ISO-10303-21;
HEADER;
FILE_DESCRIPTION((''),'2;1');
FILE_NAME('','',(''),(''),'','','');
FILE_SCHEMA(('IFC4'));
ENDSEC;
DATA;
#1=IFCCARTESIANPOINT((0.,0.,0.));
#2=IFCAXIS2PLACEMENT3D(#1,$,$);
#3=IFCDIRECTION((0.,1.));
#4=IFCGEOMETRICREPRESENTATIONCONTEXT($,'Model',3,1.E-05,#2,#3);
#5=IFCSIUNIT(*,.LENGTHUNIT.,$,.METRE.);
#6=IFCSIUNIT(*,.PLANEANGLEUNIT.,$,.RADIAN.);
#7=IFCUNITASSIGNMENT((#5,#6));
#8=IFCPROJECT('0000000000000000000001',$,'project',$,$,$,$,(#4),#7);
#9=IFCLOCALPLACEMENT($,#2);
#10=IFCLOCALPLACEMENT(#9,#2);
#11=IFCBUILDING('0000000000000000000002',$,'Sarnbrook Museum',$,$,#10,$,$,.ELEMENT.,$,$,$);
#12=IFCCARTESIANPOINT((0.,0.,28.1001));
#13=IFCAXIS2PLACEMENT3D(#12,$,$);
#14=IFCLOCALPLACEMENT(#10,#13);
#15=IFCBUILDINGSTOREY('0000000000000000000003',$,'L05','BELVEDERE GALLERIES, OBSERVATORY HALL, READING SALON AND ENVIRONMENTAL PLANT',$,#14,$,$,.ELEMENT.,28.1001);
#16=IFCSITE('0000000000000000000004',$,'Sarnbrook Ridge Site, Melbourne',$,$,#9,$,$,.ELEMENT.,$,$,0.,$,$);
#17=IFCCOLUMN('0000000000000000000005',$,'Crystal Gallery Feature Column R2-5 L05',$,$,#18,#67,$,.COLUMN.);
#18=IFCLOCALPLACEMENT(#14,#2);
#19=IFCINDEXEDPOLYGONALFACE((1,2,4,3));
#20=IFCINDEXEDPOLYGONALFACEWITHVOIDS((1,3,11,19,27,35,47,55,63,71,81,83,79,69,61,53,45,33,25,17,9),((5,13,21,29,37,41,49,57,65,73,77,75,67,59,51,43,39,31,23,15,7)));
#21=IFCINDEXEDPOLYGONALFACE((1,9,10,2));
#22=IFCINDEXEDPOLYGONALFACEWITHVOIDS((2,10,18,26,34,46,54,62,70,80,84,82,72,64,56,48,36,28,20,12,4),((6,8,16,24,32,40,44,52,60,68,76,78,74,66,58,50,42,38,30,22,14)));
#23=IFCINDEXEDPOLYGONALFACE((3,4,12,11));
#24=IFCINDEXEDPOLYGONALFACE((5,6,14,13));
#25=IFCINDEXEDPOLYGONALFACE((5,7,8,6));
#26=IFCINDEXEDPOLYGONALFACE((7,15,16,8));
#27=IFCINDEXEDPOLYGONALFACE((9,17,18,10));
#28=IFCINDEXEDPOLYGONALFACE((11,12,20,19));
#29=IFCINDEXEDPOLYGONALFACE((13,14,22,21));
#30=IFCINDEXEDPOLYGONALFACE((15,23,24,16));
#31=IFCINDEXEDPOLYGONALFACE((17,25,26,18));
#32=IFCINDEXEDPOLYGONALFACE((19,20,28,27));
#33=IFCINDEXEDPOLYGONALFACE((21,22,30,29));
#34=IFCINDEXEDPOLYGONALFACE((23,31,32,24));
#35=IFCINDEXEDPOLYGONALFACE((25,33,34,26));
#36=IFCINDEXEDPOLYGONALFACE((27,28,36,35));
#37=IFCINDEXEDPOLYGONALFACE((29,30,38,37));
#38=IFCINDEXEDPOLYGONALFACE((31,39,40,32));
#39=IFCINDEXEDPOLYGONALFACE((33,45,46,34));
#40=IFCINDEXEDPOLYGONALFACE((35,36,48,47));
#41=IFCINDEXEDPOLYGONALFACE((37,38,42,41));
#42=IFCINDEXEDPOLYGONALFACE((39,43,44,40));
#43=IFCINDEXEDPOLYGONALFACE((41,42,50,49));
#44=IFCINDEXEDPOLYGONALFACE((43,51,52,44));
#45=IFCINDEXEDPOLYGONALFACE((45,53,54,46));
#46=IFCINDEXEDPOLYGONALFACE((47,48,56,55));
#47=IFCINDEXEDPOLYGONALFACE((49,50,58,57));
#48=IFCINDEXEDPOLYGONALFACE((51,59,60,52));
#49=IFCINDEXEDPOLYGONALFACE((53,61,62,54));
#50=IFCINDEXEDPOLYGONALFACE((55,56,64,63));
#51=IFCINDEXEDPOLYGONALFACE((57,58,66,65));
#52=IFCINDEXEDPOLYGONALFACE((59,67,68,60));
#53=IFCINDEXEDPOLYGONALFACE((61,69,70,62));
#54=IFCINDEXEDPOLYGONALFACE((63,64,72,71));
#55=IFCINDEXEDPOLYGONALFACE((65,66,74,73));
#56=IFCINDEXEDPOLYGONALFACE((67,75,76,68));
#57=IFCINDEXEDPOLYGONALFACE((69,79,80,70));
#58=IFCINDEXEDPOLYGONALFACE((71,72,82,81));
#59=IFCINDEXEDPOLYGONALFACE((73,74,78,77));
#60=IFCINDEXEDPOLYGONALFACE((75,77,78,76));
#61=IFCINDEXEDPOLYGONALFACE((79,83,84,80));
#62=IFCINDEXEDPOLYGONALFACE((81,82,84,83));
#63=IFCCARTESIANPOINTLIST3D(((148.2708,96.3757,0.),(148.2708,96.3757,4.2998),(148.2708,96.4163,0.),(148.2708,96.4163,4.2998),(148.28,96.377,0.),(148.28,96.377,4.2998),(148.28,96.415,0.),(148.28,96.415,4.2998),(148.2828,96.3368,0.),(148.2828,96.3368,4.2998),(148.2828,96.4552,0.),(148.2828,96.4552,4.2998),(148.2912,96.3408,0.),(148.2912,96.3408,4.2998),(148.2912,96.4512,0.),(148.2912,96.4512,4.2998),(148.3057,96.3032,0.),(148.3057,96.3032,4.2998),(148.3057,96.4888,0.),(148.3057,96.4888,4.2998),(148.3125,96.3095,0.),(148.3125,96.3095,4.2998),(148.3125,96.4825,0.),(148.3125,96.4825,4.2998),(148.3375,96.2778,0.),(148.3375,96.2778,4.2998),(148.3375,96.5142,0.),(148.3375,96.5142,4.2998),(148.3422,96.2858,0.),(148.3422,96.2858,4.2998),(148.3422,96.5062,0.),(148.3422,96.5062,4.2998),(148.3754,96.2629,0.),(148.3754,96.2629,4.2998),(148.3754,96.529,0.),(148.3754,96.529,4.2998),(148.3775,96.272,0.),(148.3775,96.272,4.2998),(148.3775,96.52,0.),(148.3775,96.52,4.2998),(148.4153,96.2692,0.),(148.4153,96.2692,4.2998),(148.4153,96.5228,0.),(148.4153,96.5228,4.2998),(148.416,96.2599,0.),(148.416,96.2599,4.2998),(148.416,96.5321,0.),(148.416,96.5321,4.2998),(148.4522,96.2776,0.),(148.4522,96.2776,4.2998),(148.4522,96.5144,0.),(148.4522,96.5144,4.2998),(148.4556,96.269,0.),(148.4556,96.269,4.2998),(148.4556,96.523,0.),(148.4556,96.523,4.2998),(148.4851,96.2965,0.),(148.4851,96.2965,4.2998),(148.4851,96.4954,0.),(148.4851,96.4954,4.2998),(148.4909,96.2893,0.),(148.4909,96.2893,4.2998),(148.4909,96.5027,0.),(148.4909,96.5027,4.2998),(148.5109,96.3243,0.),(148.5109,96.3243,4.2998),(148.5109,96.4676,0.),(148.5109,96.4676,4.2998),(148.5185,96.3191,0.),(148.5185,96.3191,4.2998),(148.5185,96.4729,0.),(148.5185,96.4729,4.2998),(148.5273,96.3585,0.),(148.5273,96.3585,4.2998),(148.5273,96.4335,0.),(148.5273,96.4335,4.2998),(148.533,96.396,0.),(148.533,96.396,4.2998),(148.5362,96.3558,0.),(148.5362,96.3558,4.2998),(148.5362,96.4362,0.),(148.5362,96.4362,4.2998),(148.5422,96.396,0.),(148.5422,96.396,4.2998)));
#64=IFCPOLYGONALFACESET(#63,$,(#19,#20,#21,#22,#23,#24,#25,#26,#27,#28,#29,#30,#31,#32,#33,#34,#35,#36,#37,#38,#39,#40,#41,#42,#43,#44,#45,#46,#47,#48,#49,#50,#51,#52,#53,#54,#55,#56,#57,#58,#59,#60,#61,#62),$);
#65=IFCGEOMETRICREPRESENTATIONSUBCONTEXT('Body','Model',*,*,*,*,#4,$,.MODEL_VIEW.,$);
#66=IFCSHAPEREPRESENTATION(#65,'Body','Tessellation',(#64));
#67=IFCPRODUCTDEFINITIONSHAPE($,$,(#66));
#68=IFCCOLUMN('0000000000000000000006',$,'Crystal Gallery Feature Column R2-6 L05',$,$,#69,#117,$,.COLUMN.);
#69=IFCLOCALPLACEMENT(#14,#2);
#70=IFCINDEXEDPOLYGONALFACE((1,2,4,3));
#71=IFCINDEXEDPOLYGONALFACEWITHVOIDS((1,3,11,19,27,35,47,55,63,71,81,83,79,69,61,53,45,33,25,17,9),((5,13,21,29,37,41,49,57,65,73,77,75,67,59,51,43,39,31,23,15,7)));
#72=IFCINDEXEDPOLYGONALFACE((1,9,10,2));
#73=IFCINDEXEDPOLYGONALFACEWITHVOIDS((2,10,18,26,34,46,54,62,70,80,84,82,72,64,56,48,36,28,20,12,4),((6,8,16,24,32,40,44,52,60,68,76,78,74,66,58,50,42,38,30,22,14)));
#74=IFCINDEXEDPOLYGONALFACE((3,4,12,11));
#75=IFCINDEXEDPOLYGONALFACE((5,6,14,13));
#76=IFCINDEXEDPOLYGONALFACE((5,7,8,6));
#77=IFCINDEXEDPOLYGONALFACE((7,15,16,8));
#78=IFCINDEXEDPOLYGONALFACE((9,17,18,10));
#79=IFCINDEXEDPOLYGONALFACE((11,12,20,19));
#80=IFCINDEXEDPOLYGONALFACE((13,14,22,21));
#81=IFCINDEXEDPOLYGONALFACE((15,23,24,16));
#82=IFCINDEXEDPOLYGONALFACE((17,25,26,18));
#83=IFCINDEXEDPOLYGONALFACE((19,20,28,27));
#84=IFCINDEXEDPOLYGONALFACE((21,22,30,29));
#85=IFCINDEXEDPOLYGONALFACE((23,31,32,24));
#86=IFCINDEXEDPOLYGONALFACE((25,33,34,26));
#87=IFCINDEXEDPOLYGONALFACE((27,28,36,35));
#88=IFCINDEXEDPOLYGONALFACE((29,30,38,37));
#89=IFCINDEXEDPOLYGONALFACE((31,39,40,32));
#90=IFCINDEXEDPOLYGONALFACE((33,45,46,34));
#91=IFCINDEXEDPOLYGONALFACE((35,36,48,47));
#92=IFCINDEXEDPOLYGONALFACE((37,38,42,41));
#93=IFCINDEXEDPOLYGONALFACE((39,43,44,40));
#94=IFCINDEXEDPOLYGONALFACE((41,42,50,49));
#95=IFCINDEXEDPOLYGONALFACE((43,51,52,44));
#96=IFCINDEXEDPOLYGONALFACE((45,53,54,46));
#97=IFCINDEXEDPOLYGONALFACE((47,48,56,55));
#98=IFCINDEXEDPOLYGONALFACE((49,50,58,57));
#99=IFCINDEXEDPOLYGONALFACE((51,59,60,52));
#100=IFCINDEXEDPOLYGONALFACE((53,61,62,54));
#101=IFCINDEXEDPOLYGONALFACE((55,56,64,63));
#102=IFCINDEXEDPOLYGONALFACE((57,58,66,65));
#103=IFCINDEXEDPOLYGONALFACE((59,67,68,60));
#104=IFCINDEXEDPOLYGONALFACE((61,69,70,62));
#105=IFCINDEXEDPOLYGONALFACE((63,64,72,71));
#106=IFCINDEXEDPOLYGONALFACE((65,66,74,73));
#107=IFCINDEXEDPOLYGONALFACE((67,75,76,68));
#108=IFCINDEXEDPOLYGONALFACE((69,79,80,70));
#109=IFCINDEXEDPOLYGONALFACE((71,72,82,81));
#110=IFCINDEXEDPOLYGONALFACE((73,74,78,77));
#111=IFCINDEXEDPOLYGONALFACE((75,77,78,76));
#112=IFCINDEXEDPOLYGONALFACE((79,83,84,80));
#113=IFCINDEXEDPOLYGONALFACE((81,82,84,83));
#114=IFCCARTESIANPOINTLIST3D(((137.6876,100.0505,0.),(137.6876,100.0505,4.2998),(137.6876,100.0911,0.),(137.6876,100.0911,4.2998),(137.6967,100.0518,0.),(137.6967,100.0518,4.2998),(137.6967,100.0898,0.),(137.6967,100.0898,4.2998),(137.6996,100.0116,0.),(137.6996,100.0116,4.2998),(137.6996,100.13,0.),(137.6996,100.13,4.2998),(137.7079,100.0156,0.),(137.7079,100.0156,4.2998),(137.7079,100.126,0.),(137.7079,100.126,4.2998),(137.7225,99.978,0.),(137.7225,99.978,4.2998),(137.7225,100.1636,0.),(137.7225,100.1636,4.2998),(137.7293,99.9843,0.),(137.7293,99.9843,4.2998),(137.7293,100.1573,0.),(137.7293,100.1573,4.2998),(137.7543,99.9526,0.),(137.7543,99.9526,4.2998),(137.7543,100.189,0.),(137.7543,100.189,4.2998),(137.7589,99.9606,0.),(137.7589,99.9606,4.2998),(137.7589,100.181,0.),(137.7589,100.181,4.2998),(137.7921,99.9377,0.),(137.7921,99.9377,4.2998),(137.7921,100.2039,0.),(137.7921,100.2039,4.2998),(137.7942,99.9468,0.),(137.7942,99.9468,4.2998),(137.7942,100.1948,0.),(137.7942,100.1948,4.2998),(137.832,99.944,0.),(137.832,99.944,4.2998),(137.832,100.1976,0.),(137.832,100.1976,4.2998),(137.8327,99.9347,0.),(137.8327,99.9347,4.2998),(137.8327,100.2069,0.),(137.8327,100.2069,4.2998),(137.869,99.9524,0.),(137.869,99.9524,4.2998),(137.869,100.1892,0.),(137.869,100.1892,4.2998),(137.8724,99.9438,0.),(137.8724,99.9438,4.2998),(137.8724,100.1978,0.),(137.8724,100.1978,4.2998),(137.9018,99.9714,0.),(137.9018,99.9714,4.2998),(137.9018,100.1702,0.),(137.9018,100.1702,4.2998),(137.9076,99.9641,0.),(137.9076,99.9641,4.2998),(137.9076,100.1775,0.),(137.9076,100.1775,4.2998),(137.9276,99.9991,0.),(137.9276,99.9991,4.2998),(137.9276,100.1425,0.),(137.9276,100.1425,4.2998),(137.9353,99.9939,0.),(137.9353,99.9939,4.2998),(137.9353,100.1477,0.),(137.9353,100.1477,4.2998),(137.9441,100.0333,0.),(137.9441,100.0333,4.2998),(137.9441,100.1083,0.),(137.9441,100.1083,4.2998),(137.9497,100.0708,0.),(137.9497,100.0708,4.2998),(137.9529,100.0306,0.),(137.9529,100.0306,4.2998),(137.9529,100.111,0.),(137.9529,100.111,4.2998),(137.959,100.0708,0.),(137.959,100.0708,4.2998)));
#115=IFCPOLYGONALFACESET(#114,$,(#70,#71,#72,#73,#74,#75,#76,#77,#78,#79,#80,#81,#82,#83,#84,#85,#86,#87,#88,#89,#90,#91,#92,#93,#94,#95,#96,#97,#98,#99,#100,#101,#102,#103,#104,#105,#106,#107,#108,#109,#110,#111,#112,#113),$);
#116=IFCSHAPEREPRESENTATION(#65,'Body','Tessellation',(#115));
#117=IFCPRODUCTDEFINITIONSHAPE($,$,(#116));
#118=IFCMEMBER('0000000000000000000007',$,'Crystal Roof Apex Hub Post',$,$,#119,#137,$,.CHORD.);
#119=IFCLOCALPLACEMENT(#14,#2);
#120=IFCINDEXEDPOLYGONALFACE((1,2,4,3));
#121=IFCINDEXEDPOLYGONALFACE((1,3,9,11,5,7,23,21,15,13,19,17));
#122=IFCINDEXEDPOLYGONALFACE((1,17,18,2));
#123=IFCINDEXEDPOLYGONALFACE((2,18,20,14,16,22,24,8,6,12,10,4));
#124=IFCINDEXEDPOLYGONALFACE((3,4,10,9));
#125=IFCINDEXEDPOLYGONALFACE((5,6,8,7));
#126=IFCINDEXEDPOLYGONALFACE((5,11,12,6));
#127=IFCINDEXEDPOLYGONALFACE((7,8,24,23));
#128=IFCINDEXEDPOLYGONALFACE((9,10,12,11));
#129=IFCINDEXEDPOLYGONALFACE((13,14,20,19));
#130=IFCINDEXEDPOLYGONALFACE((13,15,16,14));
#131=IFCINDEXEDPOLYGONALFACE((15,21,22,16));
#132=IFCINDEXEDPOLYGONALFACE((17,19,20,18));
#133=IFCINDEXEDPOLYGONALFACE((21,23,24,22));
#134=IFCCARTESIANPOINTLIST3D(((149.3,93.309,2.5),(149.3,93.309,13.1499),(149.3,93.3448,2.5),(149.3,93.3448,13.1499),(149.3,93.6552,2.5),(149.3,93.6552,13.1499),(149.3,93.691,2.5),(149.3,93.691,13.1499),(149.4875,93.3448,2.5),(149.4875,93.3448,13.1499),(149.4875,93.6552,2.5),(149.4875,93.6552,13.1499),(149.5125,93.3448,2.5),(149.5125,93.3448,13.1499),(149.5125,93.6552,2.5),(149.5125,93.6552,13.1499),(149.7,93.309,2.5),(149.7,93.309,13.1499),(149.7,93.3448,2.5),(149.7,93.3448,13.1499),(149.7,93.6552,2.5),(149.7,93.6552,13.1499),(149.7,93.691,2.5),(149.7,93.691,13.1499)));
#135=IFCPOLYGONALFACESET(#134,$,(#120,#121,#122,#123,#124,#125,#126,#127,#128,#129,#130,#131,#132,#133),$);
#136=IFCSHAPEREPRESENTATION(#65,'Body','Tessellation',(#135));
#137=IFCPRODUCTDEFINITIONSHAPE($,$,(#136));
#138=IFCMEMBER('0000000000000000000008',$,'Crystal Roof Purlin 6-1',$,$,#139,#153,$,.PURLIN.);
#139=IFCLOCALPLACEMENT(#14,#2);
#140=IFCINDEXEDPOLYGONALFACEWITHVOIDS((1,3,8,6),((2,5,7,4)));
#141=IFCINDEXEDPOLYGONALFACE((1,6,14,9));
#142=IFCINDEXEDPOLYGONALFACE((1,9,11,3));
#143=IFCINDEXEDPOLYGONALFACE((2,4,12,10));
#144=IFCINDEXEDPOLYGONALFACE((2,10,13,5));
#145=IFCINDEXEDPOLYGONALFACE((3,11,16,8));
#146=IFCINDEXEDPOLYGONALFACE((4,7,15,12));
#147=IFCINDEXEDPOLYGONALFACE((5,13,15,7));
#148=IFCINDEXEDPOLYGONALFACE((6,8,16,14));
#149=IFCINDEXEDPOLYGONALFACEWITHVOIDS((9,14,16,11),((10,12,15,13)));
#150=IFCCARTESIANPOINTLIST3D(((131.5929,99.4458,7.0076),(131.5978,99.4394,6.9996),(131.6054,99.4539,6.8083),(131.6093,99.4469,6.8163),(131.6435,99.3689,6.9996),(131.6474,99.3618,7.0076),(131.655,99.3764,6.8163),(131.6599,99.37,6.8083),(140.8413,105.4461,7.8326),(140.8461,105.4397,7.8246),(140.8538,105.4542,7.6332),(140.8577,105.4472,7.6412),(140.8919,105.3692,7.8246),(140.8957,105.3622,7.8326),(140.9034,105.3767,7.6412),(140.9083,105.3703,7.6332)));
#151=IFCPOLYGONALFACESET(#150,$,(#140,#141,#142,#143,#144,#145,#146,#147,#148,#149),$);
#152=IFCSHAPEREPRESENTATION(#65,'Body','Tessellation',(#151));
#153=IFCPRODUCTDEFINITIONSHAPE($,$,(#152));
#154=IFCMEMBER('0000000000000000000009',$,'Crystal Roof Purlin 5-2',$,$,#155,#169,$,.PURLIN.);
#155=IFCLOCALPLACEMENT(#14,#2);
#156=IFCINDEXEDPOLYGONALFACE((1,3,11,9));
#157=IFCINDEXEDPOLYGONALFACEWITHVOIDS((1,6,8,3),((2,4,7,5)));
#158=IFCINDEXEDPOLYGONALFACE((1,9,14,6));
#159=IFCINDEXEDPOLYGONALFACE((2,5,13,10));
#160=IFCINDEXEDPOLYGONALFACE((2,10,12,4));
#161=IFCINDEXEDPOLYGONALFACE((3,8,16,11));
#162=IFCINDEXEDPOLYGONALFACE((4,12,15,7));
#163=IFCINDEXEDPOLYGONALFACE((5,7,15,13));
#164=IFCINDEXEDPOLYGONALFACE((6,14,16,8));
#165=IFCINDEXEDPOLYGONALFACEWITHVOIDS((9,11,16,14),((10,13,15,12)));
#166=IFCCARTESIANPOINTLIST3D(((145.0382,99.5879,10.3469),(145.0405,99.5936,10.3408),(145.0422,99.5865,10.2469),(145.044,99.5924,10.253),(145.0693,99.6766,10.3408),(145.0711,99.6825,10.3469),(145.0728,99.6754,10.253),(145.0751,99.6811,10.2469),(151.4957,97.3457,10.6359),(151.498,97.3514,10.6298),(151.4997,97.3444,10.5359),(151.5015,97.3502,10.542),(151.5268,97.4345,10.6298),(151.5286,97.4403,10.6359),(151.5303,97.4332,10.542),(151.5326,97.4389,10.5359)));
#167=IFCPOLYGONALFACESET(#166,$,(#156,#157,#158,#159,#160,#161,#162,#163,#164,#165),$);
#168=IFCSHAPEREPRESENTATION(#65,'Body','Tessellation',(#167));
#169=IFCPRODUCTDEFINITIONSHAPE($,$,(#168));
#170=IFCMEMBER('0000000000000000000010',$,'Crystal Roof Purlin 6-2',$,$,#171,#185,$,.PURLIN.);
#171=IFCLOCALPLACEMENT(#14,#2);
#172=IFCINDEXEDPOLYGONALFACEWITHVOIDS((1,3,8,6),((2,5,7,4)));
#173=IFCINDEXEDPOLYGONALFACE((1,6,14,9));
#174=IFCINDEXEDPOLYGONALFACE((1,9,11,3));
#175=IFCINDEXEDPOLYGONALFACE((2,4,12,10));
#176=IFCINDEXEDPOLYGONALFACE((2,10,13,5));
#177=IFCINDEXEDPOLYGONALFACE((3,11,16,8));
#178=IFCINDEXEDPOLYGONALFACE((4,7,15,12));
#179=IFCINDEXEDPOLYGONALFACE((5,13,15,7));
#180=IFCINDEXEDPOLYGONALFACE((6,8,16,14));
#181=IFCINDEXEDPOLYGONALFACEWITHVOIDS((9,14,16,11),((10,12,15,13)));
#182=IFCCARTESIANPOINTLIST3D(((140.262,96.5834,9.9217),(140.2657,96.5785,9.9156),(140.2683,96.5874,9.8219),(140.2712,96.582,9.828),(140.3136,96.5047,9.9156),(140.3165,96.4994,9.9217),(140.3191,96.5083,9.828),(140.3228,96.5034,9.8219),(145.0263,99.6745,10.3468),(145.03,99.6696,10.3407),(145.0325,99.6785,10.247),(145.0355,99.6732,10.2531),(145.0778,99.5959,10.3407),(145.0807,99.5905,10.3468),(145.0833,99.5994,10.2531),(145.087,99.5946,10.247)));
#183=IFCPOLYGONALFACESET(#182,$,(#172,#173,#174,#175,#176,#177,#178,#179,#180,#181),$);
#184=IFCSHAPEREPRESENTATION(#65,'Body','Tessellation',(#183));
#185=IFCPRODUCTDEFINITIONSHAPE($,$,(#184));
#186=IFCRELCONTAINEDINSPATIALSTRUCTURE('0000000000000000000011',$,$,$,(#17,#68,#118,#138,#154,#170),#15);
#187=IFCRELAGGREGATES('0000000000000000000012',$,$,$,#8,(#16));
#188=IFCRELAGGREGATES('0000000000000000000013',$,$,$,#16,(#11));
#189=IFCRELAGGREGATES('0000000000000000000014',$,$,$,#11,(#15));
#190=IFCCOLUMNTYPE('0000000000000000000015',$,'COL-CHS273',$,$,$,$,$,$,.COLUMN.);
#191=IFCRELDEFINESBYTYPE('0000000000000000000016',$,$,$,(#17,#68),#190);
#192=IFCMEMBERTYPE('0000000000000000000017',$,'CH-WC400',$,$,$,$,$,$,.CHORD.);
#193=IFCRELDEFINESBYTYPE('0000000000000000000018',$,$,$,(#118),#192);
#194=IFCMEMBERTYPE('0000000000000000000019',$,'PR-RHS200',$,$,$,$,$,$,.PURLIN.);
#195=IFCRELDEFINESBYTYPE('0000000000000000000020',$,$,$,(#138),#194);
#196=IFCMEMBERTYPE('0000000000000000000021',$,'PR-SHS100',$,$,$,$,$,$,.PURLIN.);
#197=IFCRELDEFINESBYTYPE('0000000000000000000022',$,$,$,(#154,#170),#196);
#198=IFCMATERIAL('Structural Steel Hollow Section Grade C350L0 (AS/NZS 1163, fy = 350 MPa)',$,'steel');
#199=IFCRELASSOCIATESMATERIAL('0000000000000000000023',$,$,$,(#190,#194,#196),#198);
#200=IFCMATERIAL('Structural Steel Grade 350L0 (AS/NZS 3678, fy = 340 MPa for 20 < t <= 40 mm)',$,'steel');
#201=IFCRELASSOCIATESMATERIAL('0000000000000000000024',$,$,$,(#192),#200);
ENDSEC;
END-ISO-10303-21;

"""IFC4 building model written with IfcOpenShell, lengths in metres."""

from ifc_helpers import new_model, si_unit, direction, frame, origin, origin_2d, place, context, subcontext, project, spatial, hollow_rectangle, hollow_circle, i_section, extrude, material, material_profile, profile_set, type_object, element, save


model = new_model("IFC4")

# Units and contexts
model_context = context("Model", 3, precision=1e-05, world=origin(), true_north=direction((0.0, 1.0)))
body_context = subcontext(model_context, "Body", "Model", "MODEL_VIEW")
ifc_project = project(units=[si_unit("LENGTHUNIT", "METRE"), si_unit("PLANEANGLEUNIT", "RADIAN")], contexts=[model_context])

# Site, building, storey
site_placement = place(None, origin())
site = spatial("IfcSite", under=ifc_project, at=site_placement, Name="Sarnbrook Ridge Site, Melbourne", CompositionType="ELEMENT", RefElevation=0.0)
building_placement = place(site_placement, origin())
building = spatial("IfcBuilding", under=site, at=building_placement, Name="Sarnbrook Museum", CompositionType="ELEMENT")
storey_placement = place(building_placement, frame((0.0, 0.0, 28.1001)))
storey = spatial("IfcBuildingStorey", under=building, at=storey_placement, Name="L05", Description="BELVEDERE GALLERIES, OBSERVATORY HALL, READING SALON AND ENVIRONMENTAL PLANT", CompositionType="ELEMENT", Elevation=28.1001)

# Columns
ifc_material_1 = material(Name="Structural Steel Hollow Section Grade C350L0 (AS/NZS 1163, fy = 350 MPa)", Category="steel")
ifc_material_profile_1 = material_profile(ifc_material_1, hollow_circle(Radius=0.1365, WallThickness=0.0093, at=origin_2d()), Name="273.1x9.3CHS")
ifc_profile_set_1 = profile_set([ifc_material_profile_1], Name="Structural Steel Hollow Section Grade C350L0 (AS/NZS 1163, fy = 350 MPa)")
column_type = type_object("IfcColumnType", Name="COL-CHS273", PredefinedType="COLUMN", material=ifc_profile_set_1)
for number, where, z_axis, x_axis, name in (
    (1, (148.4058, 96.396, 0.0), (0.0, 0.0, 1.0), (1.0, 0.0, 0.0), "Crystal Gallery Feature Column R2-5 L05"),
    (2, (137.8225, 100.0708, 0.0), (0.0, 0.0, 1.0), (1.0, 0.0, 0.0), "Crystal Gallery Feature Column R2-6 L05"),
):
    element("IfcColumn", number, at=place(storey_placement, frame(where, z_axis=z_axis, x_axis=x_axis)), inside=storey, type_object=column_type, Name=name, PredefinedType="COLUMN", context=body_context, shape_type="SweptSolid", body=[
        extrude(hollow_circle(Radius=0.1365, WallThickness=0.0093, at=origin_2d()), origin(), (0.0, 0.0, 1.0), 4.2998),
    ])

# Members
ifc_material_2 = material(Name="Structural Steel Grade 350L0 (AS/NZS 3678, fy = 340 MPa for 20 < t <= 40 mm)", Category="steel")
ifc_material_profile_2 = material_profile(ifc_material_2, i_section(OverallWidth=0.3999, OverallDepth=0.3821, WebThickness=0.0249, FlangeThickness=0.0359, at=origin_2d()), Name="400WC270")
ifc_profile_set_2 = profile_set([ifc_material_profile_2], Name="Structural Steel Grade 350L0 (AS/NZS 3678, fy = 340 MPa for 20 < t <= 40 mm)")
member_type_1 = type_object("IfcMemberType", Name="CH-WC400", PredefinedType="CHORD", material=ifc_profile_set_2)
member_1_placement = place(storey_placement, frame((149.5, 93.5, 2.5), z_axis=(0.0, 0.0, 1.0), x_axis=(1.0, 0.0, 0.0)))
element("IfcMember", 3, at=member_1_placement, inside=storey, type_object=member_type_1, Name="Crystal Roof Apex Hub Post", PredefinedType="CHORD", context=body_context, shape_type="SweptSolid", body=[
    extrude(i_section(OverallWidth=0.3999, OverallDepth=0.3821, WebThickness=0.0249, FlangeThickness=0.0359, at=origin_2d()), origin(), (0.0, 0.0, 1.0), 10.6499),
])
ifc_material_profile_3 = material_profile(ifc_material_1, hollow_rectangle(XDim=0.1001, YDim=0.2, WallThickness=0.0081, at=origin_2d()), Name="200x100x8.0RHS")
ifc_profile_set_3 = profile_set([ifc_material_profile_3], Name="Structural Steel Hollow Section Grade C350L0 (AS/NZS 1163, fy = 350 MPa)")
member_type_2 = type_object("IfcMemberType", Name="PR-RHS200", PredefinedType="PURLIN", material=ifc_profile_set_3)
member_2_placement = place(storey_placement, frame((140.8748, 105.4082, 7.7329), z_axis=(-0.836566, -0.54276, -0.074622), x_axis=(0.544277, -0.838905, 0.0)))
element("IfcMember", 4, at=member_2_placement, inside=storey, type_object=member_type_2, Name="Crystal Roof Purlin 6-1", PredefinedType="PURLIN", context=body_context, shape_type="SweptSolid", body=[
    extrude(hollow_rectangle(XDim=0.1001, YDim=0.2, WallThickness=0.0081, at=origin_2d()), origin(), (0.0, 0.0, 1.0), 11.0552),
])
ifc_material_profile_4 = material_profile(ifc_material_1, hollow_rectangle(XDim=0.1001, YDim=0.1001, WallThickness=0.0061, at=origin_2d()), Name="100x100x6.0SHS")
ifc_profile_set_4 = profile_set([ifc_material_profile_4], Name="Structural Steel Hollow Section Grade C350L0 (AS/NZS 1163, fy = 350 MPa)")
member_type_3 = type_object("IfcMemberType", Name="PR-SHS100", PredefinedType="PURLIN", material=ifc_profile_set_4)
member_3_placement = place(storey_placement, frame((151.5142, 97.3923, 10.5859), z_axis=(-0.94383, 0.327718, -0.042249), x_axis=(-0.328011, -0.944674, 0.0)))
element("IfcMember", 5, at=member_3_placement, inside=storey, type_object=member_type_3, Name="Crystal Roof Purlin 5-2", PredefinedType="PURLIN", context=body_context, shape_type="SweptSolid", body=[
    extrude(hollow_rectangle(XDim=0.1001, YDim=0.1001, WallThickness=0.0061, at=origin_2d()), origin(), (0.0, 0.0, 1.0), 6.8418),
])
member_4_placement = place(storey_placement, frame((145.0566, 99.6345, 10.2969), z_axis=(-0.836557, -0.542772, -0.074636), x_axis=(0.54429, -0.838897, 0.0)))
element("IfcMember", 6, at=member_4_placement, inside=storey, type_object=member_type_3, Name="Crystal Roof Purlin 6-2", PredefinedType="PURLIN", context=body_context, shape_type="SweptSolid", body=[
    extrude(hollow_rectangle(XDim=0.1001, YDim=0.1001, WallThickness=0.0061, at=origin_2d()), origin(), (0.0, 0.0, 1.0), 5.6951),
])

save(model, "model.ifc")
